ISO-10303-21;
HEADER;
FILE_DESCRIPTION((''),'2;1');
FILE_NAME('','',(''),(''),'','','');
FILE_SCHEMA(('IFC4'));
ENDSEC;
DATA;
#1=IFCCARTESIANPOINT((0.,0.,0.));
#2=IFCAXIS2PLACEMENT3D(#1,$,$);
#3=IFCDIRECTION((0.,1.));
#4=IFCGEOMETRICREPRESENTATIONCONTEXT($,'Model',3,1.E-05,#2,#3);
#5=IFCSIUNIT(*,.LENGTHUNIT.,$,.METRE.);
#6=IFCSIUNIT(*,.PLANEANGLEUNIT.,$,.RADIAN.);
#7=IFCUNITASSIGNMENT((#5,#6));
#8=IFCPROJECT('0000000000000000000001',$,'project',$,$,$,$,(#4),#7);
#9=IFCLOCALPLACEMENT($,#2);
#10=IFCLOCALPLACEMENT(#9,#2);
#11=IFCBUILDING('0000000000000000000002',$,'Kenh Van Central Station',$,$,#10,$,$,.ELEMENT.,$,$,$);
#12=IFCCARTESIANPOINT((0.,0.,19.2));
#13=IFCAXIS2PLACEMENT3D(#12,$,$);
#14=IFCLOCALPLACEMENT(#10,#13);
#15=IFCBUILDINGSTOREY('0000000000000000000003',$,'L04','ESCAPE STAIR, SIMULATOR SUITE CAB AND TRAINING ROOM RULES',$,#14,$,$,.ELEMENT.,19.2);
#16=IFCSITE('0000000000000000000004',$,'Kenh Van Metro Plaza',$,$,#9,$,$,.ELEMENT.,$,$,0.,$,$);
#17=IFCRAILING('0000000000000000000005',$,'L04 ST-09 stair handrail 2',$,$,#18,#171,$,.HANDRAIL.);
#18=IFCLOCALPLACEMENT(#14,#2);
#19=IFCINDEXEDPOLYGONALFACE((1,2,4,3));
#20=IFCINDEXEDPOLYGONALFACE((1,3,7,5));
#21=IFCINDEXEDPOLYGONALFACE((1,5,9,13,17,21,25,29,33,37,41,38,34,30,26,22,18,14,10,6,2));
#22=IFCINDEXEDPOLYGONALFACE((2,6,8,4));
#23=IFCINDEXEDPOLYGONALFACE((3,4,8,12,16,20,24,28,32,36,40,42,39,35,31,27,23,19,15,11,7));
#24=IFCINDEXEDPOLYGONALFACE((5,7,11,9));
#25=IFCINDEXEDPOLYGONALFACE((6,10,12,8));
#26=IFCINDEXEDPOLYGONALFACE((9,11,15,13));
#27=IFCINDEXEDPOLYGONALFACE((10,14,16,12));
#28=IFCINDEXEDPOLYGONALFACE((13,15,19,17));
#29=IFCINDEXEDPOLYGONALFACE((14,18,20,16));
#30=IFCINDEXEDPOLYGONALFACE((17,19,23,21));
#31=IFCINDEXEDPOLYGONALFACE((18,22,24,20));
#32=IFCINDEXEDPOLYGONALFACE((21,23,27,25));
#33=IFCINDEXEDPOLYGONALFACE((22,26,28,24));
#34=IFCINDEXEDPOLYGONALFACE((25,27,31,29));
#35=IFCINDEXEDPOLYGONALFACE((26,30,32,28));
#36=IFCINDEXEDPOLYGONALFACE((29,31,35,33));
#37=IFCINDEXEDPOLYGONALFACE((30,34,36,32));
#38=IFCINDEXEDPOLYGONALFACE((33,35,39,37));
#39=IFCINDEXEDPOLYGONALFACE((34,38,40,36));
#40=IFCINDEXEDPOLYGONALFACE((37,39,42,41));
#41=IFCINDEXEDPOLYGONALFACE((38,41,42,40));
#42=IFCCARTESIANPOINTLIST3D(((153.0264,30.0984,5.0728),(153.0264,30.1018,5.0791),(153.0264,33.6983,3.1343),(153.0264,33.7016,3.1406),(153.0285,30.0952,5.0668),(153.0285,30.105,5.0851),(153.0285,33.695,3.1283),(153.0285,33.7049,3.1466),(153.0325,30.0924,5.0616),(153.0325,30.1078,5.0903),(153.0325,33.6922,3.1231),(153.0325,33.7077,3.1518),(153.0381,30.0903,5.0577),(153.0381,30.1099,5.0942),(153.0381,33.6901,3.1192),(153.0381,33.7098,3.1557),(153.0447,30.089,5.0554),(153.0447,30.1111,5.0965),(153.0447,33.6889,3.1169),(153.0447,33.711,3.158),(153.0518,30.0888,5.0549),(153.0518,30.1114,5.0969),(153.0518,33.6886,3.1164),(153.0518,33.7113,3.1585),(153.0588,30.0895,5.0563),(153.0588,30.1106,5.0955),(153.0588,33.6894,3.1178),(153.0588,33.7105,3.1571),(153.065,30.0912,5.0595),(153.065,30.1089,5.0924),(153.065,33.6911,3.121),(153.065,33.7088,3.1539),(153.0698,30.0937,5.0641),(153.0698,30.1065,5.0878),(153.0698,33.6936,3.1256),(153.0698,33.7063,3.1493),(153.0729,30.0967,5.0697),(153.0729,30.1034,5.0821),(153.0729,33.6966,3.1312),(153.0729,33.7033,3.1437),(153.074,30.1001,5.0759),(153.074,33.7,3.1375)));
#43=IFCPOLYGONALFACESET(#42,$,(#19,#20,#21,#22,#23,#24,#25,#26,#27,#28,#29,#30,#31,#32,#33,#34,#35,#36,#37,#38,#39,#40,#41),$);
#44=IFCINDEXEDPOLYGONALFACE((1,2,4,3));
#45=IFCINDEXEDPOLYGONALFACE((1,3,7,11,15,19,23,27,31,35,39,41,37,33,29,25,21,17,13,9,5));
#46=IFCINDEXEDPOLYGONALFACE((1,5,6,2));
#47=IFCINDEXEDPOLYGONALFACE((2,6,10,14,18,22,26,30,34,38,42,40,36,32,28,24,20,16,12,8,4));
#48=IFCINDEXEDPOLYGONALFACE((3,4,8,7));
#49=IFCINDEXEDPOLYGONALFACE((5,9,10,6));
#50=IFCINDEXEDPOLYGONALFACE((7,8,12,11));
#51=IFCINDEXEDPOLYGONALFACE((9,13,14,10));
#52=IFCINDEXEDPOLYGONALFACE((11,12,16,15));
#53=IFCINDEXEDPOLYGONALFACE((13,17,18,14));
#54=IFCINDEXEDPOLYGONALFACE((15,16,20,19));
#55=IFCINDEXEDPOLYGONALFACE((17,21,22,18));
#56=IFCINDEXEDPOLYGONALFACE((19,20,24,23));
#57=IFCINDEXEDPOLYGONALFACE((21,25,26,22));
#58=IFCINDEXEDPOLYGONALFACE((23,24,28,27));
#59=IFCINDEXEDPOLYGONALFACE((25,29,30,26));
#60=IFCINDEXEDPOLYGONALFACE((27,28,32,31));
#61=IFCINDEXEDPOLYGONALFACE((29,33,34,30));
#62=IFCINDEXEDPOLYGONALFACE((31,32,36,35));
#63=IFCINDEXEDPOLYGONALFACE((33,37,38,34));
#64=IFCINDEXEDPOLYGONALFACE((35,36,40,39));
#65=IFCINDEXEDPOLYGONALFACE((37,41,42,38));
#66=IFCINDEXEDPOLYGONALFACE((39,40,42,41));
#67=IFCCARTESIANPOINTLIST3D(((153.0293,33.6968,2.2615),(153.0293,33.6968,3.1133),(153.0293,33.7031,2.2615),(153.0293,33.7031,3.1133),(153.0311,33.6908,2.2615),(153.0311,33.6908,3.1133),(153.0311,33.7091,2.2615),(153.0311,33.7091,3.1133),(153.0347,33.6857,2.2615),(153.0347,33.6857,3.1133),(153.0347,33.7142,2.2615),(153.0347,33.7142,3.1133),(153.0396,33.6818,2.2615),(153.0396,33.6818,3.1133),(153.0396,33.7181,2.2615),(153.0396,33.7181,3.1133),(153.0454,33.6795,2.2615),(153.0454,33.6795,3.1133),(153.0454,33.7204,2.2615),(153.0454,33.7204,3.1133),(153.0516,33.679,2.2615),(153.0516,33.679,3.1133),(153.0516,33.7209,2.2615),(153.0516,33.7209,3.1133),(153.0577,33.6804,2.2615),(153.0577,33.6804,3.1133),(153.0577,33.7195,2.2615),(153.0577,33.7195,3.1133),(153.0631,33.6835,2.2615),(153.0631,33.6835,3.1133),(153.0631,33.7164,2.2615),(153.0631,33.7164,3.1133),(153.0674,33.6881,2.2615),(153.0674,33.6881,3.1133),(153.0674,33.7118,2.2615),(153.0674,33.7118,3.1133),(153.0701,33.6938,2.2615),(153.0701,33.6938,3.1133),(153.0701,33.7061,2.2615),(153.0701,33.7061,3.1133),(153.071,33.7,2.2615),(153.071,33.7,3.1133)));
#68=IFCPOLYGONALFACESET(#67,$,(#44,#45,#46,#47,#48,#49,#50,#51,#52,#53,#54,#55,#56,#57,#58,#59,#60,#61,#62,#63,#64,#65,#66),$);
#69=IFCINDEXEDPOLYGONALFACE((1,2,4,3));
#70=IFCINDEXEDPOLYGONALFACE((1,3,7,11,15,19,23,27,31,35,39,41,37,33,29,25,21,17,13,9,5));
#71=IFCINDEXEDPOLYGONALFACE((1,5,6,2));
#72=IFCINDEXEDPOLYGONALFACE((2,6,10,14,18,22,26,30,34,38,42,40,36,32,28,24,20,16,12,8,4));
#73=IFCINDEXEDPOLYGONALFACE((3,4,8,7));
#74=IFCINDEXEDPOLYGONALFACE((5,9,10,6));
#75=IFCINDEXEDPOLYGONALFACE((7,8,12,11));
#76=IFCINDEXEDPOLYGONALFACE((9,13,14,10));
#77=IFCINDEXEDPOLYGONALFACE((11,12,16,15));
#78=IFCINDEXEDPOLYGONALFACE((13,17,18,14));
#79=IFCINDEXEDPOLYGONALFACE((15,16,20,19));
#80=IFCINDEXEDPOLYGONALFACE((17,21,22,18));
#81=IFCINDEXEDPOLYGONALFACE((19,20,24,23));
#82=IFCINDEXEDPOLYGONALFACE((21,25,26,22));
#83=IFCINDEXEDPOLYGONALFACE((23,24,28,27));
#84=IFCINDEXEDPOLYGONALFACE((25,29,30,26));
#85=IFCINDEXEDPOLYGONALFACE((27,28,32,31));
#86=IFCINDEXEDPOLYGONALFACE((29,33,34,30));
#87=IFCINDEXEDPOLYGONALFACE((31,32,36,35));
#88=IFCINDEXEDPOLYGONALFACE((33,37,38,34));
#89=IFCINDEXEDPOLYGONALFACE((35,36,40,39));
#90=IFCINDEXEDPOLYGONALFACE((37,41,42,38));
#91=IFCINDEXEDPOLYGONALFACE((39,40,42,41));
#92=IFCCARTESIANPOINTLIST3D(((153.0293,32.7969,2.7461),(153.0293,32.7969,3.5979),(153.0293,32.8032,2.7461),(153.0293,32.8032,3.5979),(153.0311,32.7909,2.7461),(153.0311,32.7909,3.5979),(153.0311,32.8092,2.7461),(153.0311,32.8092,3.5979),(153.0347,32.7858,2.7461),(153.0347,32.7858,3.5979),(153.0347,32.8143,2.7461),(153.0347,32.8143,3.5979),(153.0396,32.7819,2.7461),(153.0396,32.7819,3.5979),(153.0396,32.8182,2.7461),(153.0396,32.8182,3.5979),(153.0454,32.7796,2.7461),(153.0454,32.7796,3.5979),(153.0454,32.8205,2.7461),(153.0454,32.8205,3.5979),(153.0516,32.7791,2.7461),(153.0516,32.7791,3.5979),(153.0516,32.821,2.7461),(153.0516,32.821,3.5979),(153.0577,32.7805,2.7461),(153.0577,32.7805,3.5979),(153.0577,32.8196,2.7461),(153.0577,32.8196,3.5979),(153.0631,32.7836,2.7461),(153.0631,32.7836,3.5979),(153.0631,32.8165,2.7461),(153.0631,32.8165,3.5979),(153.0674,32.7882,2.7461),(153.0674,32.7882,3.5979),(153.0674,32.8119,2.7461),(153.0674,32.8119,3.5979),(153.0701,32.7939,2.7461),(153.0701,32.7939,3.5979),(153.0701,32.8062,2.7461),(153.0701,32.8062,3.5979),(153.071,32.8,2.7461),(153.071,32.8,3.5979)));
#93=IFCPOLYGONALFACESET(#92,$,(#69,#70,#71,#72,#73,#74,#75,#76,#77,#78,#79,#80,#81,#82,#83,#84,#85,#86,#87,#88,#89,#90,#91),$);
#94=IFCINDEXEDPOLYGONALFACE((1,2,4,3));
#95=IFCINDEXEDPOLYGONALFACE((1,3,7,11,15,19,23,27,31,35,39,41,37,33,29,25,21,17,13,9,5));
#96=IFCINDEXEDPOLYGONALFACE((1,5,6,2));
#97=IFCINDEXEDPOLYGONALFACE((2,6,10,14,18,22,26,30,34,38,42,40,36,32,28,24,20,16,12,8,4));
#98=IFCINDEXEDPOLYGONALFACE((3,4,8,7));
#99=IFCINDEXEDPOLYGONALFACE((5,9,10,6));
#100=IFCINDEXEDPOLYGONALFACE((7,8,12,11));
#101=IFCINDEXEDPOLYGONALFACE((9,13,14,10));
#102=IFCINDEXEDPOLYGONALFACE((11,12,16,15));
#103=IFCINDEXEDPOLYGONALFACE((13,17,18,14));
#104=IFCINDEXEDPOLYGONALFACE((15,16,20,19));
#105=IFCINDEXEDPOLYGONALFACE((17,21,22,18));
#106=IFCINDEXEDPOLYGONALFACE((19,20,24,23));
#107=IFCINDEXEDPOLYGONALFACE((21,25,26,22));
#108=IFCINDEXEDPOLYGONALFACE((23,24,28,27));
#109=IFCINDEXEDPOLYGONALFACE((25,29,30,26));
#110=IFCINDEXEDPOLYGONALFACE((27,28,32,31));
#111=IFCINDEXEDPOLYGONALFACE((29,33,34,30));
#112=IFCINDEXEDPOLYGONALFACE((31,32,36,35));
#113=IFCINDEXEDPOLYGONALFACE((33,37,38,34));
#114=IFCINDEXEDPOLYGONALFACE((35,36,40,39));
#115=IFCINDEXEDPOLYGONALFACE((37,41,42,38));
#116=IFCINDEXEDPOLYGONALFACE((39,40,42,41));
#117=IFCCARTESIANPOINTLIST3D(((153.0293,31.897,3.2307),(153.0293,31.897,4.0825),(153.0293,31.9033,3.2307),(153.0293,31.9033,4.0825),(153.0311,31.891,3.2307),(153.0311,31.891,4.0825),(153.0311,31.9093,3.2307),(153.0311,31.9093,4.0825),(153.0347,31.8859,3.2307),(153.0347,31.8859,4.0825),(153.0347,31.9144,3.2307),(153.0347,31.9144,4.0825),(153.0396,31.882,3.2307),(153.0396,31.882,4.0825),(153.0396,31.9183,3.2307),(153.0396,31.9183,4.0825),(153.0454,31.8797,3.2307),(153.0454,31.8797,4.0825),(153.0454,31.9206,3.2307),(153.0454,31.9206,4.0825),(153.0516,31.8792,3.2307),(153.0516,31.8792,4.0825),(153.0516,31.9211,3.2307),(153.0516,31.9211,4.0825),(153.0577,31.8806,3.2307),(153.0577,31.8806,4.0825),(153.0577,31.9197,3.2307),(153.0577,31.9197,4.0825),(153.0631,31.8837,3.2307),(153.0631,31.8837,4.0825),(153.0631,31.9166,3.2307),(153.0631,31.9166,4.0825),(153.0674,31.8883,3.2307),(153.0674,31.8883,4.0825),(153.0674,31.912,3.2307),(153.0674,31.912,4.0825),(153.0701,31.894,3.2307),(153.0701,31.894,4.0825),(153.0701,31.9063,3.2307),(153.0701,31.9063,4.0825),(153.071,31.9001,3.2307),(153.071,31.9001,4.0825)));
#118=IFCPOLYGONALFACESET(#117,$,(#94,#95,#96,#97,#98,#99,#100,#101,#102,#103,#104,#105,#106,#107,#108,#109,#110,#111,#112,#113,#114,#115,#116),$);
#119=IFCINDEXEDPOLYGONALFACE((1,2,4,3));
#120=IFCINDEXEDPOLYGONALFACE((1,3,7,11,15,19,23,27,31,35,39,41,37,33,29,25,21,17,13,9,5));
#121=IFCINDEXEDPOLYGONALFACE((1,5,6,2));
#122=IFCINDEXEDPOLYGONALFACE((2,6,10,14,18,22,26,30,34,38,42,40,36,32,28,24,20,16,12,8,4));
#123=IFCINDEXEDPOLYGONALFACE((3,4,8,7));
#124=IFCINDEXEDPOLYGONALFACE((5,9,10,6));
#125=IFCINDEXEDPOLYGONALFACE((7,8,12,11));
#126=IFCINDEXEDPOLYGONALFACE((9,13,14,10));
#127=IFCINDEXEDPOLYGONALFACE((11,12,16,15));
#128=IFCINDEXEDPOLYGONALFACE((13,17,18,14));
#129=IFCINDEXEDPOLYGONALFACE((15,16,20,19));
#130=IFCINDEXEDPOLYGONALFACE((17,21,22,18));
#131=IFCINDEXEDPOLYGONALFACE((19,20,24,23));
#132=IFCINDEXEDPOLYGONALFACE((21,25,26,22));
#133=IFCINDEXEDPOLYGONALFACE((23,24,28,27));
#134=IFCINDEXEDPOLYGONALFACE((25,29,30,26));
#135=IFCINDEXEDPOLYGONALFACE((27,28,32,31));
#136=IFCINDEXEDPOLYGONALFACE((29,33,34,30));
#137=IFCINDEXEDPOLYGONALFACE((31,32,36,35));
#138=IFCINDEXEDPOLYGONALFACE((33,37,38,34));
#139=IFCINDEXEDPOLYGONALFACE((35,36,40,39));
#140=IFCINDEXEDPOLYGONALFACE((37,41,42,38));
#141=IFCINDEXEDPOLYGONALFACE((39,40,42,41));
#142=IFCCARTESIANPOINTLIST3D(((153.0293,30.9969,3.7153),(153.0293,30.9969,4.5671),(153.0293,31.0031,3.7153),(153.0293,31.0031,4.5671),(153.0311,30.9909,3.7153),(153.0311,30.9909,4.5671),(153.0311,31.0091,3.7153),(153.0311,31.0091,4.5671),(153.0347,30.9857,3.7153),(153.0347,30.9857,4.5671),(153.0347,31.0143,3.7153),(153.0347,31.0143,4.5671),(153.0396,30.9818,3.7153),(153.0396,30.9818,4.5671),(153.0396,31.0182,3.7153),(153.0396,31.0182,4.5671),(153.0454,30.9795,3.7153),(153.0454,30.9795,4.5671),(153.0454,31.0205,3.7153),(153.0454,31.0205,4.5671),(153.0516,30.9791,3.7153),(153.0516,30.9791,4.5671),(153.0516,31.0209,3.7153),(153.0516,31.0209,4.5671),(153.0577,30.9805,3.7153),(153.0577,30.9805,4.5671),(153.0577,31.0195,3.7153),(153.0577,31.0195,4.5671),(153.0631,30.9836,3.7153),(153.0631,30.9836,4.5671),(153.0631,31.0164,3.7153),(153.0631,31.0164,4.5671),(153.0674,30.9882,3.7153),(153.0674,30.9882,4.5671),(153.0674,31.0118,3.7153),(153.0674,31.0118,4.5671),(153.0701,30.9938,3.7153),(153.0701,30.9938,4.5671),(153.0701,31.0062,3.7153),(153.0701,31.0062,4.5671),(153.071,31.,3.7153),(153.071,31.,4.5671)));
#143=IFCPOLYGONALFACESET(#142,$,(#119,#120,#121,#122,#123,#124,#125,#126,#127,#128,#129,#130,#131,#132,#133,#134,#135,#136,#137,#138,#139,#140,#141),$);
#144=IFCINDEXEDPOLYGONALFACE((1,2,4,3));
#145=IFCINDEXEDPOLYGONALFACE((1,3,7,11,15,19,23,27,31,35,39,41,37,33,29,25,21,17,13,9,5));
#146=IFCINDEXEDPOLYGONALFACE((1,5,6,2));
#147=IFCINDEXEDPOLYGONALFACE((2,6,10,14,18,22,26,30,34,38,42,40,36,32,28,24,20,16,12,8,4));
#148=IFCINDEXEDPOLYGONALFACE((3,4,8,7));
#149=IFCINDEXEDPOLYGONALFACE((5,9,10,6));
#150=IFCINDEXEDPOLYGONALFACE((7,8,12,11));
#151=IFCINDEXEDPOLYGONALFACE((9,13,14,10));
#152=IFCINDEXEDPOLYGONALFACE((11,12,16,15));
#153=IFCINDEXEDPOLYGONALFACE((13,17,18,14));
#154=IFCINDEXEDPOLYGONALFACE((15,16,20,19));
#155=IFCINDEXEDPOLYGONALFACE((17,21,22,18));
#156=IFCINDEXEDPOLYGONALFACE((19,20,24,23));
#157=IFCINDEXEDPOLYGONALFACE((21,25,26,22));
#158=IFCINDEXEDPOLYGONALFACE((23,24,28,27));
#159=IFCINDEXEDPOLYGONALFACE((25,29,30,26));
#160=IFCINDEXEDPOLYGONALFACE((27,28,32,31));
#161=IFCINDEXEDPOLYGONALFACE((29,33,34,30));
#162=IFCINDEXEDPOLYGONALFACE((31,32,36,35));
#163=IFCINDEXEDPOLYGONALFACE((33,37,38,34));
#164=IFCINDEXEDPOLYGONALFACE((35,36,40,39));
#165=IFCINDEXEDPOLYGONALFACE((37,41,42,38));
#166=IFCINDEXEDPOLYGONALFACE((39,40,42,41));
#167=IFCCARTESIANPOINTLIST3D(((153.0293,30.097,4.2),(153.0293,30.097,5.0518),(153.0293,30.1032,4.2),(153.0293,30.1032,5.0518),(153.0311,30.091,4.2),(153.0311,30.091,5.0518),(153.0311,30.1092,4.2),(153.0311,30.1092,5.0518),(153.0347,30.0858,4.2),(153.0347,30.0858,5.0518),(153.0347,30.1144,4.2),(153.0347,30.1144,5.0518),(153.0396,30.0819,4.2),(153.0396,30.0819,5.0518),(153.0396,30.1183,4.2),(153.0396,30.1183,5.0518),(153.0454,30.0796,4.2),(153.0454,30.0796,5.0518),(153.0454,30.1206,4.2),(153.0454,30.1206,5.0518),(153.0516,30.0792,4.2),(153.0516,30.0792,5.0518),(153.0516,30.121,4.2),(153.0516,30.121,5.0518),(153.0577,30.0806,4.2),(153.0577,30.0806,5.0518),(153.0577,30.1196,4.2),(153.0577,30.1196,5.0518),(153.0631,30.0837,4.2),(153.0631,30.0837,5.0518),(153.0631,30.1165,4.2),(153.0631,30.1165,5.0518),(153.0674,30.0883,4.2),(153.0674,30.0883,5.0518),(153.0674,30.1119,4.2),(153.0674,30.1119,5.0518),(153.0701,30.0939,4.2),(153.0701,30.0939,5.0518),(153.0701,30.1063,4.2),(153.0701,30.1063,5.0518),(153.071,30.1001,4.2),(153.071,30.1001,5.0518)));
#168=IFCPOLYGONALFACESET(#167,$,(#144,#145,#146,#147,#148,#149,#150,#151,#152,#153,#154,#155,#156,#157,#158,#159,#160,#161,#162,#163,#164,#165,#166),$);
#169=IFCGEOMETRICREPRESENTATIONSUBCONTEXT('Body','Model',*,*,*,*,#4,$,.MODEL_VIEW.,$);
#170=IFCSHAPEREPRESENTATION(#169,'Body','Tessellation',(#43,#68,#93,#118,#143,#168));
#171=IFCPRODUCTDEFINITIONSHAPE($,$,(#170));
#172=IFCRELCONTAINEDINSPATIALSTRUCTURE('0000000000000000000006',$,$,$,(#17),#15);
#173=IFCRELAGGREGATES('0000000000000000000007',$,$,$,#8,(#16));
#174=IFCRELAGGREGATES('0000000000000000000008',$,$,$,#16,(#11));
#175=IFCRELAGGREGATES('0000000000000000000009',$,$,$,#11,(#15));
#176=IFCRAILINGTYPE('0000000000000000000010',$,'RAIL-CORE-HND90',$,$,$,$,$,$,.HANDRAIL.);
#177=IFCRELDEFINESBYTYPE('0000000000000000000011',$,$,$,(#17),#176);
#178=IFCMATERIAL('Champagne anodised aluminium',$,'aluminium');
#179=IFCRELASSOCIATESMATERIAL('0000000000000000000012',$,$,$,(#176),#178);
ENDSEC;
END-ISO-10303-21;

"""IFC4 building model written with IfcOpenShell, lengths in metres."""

from ifc_helpers import new_model, si_unit, direction, frame, origin, origin_2d, place, context, subcontext, project, spatial, circle, extrude, material, type_object, element, save


model = new_model("IFC4")

# Units and contexts
model_context = context("Model", 3, precision=1e-05, world=origin(), true_north=direction((0.0, 1.0)))
body_context = subcontext(model_context, "Body", "Model", "MODEL_VIEW")
ifc_project = project(units=[si_unit("LENGTHUNIT", "METRE"), si_unit("PLANEANGLEUNIT", "RADIAN")], contexts=[model_context])

# Site, building, storey
site_placement = place(None, origin())
site = spatial("IfcSite", under=ifc_project, at=site_placement, Name="Kenh Van Metro Plaza", CompositionType="ELEMENT", RefElevation=0.0)
building_placement = place(site_placement, origin())
building = spatial("IfcBuilding", under=site, at=building_placement, Name="Kenh Van Central Station", CompositionType="ELEMENT")
storey_placement = place(building_placement, frame((0.0, 0.0, 19.2)))
storey = spatial("IfcBuildingStorey", under=building, at=storey_placement, Name="L04", Description="ESCAPE STAIR, SIMULATOR SUITE CAB AND TRAINING ROOM RULES", CompositionType="ELEMENT", Elevation=19.2)

# Shared definitions
ifc_material_1 = material(Name="Champagne anodised aluminium", Category="aluminium")

# Railing
railing_type_1 = type_object("IfcRailingType", Name="RAIL-CORE-HND90", PredefinedType="HANDRAIL", material=ifc_material_1)
railing_1_placement = place(storey_placement, frame((153.05, 33.7, 2.2615)))
element("IfcRailing", 1, at=railing_1_placement, inside=storey, type_object=railing_type_1, Name="L04 ST-09 stair handrail 2", PredefinedType="HANDRAIL", context=body_context, shape_type="SweptSolid", body=[
    extrude(circle(Radius=0.0239, at=origin_2d()), frame((0.0, 0.0, 0.876), z_axis=(0.0, -0.880462, 0.474118), x_axis=(1.0, 0.0, 0.0)), (0.0, 0.0, 1.0), 4.0886),
    extrude(circle(Radius=0.021, at=origin_2d()), origin(), (0.0, 0.0, 1.0), 0.8518),
    extrude(circle(Radius=0.021, at=origin_2d()), frame((0.0, -0.8999, 0.4846)), (0.0, 0.0, 1.0), 0.8518),
    extrude(circle(Radius=0.021, at=origin_2d()), frame((0.0, -1.7998, 0.9692)), (0.0, 0.0, 1.0), 0.8518),
    extrude(circle(Radius=0.021, at=origin_2d()), frame((0.0, -2.7, 1.4539)), (0.0, 0.0, 1.0), 0.8518),
    extrude(circle(Radius=0.021, at=origin_2d()), frame((0.0, -3.5999, 1.9385)), (0.0, 0.0, 1.0), 0.8518),
])

save(model, "model.ifc")
